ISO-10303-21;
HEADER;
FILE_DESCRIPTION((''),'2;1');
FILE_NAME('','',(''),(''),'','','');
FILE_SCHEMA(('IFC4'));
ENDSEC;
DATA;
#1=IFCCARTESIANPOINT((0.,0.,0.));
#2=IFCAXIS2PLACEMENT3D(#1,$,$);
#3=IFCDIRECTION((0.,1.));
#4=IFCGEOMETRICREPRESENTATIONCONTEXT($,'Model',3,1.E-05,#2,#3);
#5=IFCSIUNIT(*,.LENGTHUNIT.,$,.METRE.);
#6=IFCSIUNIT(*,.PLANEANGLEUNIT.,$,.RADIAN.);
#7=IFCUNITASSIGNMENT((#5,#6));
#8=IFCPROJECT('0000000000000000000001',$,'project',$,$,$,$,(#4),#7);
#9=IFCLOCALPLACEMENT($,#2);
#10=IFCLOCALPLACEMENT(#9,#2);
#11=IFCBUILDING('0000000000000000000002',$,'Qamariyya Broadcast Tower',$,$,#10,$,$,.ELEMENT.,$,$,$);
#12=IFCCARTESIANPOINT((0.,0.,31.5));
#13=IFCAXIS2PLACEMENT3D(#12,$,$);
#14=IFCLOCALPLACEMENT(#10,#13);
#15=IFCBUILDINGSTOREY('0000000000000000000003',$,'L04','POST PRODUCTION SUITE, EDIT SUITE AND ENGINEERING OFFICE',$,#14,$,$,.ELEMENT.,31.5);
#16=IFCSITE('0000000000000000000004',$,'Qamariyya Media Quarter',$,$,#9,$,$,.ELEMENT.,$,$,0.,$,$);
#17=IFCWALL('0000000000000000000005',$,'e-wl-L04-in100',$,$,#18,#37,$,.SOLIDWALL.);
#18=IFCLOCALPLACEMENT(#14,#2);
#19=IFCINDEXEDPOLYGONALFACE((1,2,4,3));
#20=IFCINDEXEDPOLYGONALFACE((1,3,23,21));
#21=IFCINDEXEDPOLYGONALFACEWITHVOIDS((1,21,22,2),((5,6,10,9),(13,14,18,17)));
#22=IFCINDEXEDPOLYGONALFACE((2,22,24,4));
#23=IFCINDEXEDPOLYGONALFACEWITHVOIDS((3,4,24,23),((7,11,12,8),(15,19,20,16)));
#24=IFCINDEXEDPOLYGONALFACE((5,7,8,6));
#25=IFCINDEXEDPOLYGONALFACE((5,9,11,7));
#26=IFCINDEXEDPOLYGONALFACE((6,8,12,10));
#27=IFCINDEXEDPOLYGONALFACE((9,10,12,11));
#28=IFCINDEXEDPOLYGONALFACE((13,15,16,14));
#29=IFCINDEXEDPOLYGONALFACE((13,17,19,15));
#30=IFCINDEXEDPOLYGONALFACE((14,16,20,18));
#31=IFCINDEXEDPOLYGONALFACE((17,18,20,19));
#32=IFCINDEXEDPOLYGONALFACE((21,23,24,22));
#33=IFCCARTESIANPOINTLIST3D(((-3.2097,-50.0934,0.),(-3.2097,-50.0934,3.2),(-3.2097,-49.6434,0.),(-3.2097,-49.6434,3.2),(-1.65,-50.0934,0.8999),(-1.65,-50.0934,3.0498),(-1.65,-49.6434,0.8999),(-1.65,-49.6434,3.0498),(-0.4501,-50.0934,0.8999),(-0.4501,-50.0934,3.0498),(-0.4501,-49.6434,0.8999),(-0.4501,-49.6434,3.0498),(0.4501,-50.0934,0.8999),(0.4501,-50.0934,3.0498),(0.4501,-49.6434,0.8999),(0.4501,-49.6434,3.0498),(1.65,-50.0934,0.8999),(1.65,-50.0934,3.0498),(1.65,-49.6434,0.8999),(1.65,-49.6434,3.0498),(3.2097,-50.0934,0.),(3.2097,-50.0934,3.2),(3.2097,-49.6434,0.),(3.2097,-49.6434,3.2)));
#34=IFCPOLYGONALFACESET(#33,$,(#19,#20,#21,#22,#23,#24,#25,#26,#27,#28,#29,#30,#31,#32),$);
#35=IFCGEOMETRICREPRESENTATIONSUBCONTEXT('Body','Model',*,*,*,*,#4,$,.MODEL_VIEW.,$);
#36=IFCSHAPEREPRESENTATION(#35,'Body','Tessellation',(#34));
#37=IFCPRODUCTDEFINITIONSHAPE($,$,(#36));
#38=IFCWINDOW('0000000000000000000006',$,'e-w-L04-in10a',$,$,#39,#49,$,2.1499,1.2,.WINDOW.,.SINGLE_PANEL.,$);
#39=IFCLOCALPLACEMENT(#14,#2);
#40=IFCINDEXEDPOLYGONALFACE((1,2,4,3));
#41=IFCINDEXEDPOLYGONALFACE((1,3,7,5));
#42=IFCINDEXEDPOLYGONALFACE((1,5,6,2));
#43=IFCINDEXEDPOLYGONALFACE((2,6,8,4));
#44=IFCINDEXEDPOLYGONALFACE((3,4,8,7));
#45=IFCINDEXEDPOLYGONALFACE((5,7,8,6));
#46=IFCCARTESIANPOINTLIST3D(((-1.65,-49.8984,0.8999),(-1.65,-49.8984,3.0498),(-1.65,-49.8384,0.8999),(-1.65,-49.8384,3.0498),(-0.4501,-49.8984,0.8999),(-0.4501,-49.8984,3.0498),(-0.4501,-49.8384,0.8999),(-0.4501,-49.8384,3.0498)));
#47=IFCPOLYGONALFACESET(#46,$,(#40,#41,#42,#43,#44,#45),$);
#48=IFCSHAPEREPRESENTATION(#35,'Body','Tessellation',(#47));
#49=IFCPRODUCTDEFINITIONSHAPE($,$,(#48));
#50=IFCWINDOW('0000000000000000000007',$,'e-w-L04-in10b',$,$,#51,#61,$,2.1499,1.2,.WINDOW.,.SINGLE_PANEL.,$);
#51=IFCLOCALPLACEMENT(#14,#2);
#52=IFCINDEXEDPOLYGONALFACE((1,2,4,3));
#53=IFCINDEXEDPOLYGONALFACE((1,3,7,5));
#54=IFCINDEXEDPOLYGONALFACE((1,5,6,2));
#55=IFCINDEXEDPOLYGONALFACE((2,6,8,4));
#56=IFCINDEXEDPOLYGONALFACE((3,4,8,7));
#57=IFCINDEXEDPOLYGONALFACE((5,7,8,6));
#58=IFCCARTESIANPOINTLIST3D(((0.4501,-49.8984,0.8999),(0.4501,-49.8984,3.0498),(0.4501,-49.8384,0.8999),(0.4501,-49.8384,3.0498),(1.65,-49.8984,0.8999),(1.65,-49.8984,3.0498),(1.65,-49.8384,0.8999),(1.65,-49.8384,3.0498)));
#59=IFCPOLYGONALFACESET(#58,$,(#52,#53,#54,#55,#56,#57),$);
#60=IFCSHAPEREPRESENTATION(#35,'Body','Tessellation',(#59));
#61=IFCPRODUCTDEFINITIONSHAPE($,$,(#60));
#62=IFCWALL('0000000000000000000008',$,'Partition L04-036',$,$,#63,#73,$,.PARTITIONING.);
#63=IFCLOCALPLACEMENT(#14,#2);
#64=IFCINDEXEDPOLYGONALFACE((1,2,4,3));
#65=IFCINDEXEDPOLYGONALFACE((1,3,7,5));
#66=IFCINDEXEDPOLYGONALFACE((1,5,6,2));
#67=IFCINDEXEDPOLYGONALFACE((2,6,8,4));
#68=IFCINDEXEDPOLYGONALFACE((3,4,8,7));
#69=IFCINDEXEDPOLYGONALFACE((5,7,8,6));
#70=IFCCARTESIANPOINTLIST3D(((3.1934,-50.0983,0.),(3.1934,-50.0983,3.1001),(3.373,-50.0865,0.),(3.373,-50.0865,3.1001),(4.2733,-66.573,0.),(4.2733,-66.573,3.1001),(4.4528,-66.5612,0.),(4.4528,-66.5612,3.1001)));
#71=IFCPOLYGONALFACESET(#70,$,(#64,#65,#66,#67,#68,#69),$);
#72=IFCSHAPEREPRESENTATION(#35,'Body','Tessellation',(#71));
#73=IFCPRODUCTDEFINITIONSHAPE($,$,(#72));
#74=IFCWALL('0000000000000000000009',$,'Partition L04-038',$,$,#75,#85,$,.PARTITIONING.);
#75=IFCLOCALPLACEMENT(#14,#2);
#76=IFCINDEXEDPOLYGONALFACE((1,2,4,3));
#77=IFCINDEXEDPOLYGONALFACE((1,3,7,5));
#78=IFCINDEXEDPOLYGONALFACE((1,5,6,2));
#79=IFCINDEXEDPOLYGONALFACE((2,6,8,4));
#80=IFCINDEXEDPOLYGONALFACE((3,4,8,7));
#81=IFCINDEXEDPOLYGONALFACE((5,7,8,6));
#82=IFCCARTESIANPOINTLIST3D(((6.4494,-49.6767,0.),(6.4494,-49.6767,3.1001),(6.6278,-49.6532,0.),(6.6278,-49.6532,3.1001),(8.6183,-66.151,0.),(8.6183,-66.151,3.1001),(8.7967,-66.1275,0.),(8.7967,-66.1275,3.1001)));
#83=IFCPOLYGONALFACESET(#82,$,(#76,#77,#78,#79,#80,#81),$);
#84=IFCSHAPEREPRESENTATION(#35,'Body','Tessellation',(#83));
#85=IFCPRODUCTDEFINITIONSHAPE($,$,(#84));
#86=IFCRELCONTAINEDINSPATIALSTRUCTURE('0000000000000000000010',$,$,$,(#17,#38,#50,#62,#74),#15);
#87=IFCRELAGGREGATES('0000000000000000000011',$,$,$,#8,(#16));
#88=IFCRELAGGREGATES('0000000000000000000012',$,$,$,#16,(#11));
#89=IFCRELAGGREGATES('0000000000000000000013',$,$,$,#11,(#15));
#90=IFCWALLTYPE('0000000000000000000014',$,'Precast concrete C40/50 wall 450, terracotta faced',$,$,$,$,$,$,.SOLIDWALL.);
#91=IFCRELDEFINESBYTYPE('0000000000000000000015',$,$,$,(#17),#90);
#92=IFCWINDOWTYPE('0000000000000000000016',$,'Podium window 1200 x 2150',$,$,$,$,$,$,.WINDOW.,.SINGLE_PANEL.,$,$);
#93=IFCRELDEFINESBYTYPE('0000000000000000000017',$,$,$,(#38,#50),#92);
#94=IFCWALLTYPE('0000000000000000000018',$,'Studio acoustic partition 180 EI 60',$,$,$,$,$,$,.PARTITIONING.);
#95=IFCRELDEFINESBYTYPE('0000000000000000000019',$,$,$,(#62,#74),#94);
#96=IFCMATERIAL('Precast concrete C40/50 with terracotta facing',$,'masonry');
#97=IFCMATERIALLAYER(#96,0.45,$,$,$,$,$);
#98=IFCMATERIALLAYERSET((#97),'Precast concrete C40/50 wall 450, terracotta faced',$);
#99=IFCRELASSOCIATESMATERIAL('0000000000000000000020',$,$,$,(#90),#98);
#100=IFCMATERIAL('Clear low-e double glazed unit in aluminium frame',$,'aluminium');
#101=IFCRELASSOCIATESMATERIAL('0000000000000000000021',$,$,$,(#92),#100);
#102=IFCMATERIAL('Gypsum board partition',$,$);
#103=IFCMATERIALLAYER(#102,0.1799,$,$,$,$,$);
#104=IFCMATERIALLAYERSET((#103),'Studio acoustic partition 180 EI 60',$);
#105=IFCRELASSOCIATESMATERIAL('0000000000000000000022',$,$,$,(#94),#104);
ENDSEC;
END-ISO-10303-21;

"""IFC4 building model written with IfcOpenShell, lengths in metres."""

from ifc_helpers import new_model, si_unit, direction, frame, frame_2d, origin, place, context, subcontext, project, spatial, rectangle, extrude, material, layer, layer_set, type_object, element, fill, save


model = new_model("IFC4")

# Units and contexts
model_context = context("Model", 3, precision=1e-05, world=origin(), true_north=direction((0.0, 1.0)))
body_context = subcontext(model_context, "Body", "Model", "MODEL_VIEW")
ifc_project = project(units=[si_unit("LENGTHUNIT", "METRE"), si_unit("PLANEANGLEUNIT", "RADIAN")], contexts=[model_context])

# Site, building, storey
site_placement = place(None, origin())
site = spatial("IfcSite", under=ifc_project, at=site_placement, Name="Qamariyya Media Quarter", CompositionType="ELEMENT", RefElevation=0.0)
building_placement = place(site_placement, origin())
building = spatial("IfcBuilding", under=site, at=building_placement, Name="Qamariyya Broadcast Tower", CompositionType="ELEMENT")
storey_placement = place(building_placement, frame((0.0, 0.0, 31.5)))
storey = spatial("IfcBuildingStorey", under=building, at=storey_placement, Name="L04", Description="POST PRODUCTION SUITE, EDIT SUITE AND ENGINEERING OFFICE", CompositionType="ELEMENT", Elevation=31.5)

# Wall, openings, windows
ifc_material_1 = material(Name="Precast concrete C40/50 with terracotta facing", Category="masonry")
ifc_layer_1 = layer(ifc_material_1, 0.45)
ifc_layer_set_1 = layer_set([ifc_layer_1], Name="Precast concrete C40/50 wall 450, terracotta faced")
wall_type_1 = type_object("IfcWallType", Name="Precast concrete C40/50 wall 450, terracotta faced", PredefinedType="SOLIDWALL", material=ifc_layer_set_1)
wall_1_placement = place(storey_placement, frame((3.2097, -49.8684, 0.0), z_axis=(0.0, 0.0, 1.0), x_axis=(-1.0, 0.0, 0.0)))
wall_1 = element("IfcWall", 1, at=wall_1_placement, inside=storey, type_object=wall_type_1, Name="e-wl-L04-in100", PredefinedType="SOLIDWALL", context=body_context, shape_type="SweptSolid", body=[
    extrude(rectangle(XDim=6.4194, YDim=0.45, at=frame_2d((3.2097, 0.0))), origin(), (0.0, 0.0, 1.0), 3.2),
])
opening_1_placement = place(wall_1_placement, frame((3.6597, 0.0, 0.8999)))
opening_1 = element("IfcOpeningElement", 2, at=opening_1_placement, cuts=wall_1, PredefinedType="OPENING", context=body_context, shape_type="SweptSolid", body=[
    extrude(rectangle(XDim=1.2, YDim=2.1499, at=frame_2d((0.6001, 1.075))), frame((0.0, 0.2349, 0.0), z_axis=(0.0, -1.0, 0.0), x_axis=(1.0, 0.0, 0.0)), (0.0, 0.0, 1.0), 0.47),
])
opening_2_placement = place(wall_1_placement, frame((1.5596, 0.0, 0.8999)))
opening_2 = element("IfcOpeningElement", 3, at=opening_2_placement, cuts=wall_1, PredefinedType="OPENING", context=body_context, shape_type="SweptSolid", body=[
    extrude(rectangle(XDim=1.2, YDim=2.1499, at=frame_2d((0.6001, 1.075))), frame((0.0, 0.2349, 0.0), z_axis=(0.0, -1.0, 0.0), x_axis=(1.0, 0.0, 0.0)), (0.0, 0.0, 1.0), 0.47),
])
ifc_material_2 = material(Name="Clear low-e double glazed unit in aluminium frame", Category="aluminium")
window_type = type_object("IfcWindowType", Name="Podium window 1200 x 2150", PartitioningType="SINGLE_PANEL", PredefinedType="WINDOW", material=ifc_material_2)
window_1_placement = place(opening_1_placement, origin())
window_1 = element("IfcWindow", 4, at=window_1_placement, inside=storey, type_object=window_type, Name="e-w-L04-in10a", OverallHeight=2.1499, OverallWidth=1.2, PartitioningType="SINGLE_PANEL", PredefinedType="WINDOW", context=body_context, shape_type="SweptSolid", body=[
    extrude(rectangle(XDim=1.2, YDim=2.1499, at=frame_2d((0.6001, 1.075))), frame((0.0, 0.03, 0.0), z_axis=(0.0, -1.0, 0.0), x_axis=(1.0, 0.0, 0.0)), (0.0, 0.0, 1.0), 0.0601),
])
fill(opening_1, window_1)
window_2_placement = place(opening_2_placement, origin())
window_2 = element("IfcWindow", 5, at=window_2_placement, inside=storey, type_object=window_type, Name="e-w-L04-in10b", OverallHeight=2.1499, OverallWidth=1.2, PartitioningType="SINGLE_PANEL", PredefinedType="WINDOW", context=body_context, shape_type="SweptSolid", body=[
    extrude(rectangle(XDim=1.2, YDim=2.1499, at=frame_2d((0.6001, 1.075))), frame((0.0, 0.03, 0.0), z_axis=(0.0, -1.0, 0.0), x_axis=(1.0, 0.0, 0.0)), (0.0, 0.0, 1.0), 0.0601),
])
fill(opening_2, window_2)

# Walls
ifc_material_3 = material(Name="Gypsum board partition")
ifc_layer_2 = layer(ifc_material_3, 0.1799)
ifc_layer_set_2 = layer_set([ifc_layer_2], Name="Studio acoustic partition 180 EI 60")
wall_type_2 = type_object("IfcWallType", Name="Studio acoustic partition 180 EI 60", PredefinedType="PARTITIONING", material=ifc_layer_set_2)
wall_2_placement = place(storey_placement, frame((3.2832, -50.0925, 0.0), z_axis=(0.0, 0.0, 1.0), x_axis=(0.065405, -0.997859, 0.0)))
element("IfcWall", 6, at=wall_2_placement, inside=storey, type_object=wall_type_2, Name="Partition L04-036", PredefinedType="PARTITIONING", context=body_context, shape_type="SweptSolid", body=[
    extrude(rectangle(XDim=16.51, YDim=0.1799, at=frame_2d((8.2549, 0.0))), origin(), (0.0, 0.0, 1.0), 3.1001),
])
wall_3_placement = place(storey_placement, frame((6.5386, -49.665, 0.0), z_axis=(0.0, 0.0, 1.0), x_axis=(0.130529, -0.991444, 0.0)))
element("IfcWall", 7, at=wall_3_placement, inside=storey, type_object=wall_type_2, Name="Partition L04-038", PredefinedType="PARTITIONING", context=body_context, shape_type="SweptSolid", body=[
    extrude(rectangle(XDim=16.6165, YDim=0.1799, at=frame_2d((8.3081, 0.0))), origin(), (0.0, 0.0, 1.0), 3.1001),
])

save(model, "model.ifc")
